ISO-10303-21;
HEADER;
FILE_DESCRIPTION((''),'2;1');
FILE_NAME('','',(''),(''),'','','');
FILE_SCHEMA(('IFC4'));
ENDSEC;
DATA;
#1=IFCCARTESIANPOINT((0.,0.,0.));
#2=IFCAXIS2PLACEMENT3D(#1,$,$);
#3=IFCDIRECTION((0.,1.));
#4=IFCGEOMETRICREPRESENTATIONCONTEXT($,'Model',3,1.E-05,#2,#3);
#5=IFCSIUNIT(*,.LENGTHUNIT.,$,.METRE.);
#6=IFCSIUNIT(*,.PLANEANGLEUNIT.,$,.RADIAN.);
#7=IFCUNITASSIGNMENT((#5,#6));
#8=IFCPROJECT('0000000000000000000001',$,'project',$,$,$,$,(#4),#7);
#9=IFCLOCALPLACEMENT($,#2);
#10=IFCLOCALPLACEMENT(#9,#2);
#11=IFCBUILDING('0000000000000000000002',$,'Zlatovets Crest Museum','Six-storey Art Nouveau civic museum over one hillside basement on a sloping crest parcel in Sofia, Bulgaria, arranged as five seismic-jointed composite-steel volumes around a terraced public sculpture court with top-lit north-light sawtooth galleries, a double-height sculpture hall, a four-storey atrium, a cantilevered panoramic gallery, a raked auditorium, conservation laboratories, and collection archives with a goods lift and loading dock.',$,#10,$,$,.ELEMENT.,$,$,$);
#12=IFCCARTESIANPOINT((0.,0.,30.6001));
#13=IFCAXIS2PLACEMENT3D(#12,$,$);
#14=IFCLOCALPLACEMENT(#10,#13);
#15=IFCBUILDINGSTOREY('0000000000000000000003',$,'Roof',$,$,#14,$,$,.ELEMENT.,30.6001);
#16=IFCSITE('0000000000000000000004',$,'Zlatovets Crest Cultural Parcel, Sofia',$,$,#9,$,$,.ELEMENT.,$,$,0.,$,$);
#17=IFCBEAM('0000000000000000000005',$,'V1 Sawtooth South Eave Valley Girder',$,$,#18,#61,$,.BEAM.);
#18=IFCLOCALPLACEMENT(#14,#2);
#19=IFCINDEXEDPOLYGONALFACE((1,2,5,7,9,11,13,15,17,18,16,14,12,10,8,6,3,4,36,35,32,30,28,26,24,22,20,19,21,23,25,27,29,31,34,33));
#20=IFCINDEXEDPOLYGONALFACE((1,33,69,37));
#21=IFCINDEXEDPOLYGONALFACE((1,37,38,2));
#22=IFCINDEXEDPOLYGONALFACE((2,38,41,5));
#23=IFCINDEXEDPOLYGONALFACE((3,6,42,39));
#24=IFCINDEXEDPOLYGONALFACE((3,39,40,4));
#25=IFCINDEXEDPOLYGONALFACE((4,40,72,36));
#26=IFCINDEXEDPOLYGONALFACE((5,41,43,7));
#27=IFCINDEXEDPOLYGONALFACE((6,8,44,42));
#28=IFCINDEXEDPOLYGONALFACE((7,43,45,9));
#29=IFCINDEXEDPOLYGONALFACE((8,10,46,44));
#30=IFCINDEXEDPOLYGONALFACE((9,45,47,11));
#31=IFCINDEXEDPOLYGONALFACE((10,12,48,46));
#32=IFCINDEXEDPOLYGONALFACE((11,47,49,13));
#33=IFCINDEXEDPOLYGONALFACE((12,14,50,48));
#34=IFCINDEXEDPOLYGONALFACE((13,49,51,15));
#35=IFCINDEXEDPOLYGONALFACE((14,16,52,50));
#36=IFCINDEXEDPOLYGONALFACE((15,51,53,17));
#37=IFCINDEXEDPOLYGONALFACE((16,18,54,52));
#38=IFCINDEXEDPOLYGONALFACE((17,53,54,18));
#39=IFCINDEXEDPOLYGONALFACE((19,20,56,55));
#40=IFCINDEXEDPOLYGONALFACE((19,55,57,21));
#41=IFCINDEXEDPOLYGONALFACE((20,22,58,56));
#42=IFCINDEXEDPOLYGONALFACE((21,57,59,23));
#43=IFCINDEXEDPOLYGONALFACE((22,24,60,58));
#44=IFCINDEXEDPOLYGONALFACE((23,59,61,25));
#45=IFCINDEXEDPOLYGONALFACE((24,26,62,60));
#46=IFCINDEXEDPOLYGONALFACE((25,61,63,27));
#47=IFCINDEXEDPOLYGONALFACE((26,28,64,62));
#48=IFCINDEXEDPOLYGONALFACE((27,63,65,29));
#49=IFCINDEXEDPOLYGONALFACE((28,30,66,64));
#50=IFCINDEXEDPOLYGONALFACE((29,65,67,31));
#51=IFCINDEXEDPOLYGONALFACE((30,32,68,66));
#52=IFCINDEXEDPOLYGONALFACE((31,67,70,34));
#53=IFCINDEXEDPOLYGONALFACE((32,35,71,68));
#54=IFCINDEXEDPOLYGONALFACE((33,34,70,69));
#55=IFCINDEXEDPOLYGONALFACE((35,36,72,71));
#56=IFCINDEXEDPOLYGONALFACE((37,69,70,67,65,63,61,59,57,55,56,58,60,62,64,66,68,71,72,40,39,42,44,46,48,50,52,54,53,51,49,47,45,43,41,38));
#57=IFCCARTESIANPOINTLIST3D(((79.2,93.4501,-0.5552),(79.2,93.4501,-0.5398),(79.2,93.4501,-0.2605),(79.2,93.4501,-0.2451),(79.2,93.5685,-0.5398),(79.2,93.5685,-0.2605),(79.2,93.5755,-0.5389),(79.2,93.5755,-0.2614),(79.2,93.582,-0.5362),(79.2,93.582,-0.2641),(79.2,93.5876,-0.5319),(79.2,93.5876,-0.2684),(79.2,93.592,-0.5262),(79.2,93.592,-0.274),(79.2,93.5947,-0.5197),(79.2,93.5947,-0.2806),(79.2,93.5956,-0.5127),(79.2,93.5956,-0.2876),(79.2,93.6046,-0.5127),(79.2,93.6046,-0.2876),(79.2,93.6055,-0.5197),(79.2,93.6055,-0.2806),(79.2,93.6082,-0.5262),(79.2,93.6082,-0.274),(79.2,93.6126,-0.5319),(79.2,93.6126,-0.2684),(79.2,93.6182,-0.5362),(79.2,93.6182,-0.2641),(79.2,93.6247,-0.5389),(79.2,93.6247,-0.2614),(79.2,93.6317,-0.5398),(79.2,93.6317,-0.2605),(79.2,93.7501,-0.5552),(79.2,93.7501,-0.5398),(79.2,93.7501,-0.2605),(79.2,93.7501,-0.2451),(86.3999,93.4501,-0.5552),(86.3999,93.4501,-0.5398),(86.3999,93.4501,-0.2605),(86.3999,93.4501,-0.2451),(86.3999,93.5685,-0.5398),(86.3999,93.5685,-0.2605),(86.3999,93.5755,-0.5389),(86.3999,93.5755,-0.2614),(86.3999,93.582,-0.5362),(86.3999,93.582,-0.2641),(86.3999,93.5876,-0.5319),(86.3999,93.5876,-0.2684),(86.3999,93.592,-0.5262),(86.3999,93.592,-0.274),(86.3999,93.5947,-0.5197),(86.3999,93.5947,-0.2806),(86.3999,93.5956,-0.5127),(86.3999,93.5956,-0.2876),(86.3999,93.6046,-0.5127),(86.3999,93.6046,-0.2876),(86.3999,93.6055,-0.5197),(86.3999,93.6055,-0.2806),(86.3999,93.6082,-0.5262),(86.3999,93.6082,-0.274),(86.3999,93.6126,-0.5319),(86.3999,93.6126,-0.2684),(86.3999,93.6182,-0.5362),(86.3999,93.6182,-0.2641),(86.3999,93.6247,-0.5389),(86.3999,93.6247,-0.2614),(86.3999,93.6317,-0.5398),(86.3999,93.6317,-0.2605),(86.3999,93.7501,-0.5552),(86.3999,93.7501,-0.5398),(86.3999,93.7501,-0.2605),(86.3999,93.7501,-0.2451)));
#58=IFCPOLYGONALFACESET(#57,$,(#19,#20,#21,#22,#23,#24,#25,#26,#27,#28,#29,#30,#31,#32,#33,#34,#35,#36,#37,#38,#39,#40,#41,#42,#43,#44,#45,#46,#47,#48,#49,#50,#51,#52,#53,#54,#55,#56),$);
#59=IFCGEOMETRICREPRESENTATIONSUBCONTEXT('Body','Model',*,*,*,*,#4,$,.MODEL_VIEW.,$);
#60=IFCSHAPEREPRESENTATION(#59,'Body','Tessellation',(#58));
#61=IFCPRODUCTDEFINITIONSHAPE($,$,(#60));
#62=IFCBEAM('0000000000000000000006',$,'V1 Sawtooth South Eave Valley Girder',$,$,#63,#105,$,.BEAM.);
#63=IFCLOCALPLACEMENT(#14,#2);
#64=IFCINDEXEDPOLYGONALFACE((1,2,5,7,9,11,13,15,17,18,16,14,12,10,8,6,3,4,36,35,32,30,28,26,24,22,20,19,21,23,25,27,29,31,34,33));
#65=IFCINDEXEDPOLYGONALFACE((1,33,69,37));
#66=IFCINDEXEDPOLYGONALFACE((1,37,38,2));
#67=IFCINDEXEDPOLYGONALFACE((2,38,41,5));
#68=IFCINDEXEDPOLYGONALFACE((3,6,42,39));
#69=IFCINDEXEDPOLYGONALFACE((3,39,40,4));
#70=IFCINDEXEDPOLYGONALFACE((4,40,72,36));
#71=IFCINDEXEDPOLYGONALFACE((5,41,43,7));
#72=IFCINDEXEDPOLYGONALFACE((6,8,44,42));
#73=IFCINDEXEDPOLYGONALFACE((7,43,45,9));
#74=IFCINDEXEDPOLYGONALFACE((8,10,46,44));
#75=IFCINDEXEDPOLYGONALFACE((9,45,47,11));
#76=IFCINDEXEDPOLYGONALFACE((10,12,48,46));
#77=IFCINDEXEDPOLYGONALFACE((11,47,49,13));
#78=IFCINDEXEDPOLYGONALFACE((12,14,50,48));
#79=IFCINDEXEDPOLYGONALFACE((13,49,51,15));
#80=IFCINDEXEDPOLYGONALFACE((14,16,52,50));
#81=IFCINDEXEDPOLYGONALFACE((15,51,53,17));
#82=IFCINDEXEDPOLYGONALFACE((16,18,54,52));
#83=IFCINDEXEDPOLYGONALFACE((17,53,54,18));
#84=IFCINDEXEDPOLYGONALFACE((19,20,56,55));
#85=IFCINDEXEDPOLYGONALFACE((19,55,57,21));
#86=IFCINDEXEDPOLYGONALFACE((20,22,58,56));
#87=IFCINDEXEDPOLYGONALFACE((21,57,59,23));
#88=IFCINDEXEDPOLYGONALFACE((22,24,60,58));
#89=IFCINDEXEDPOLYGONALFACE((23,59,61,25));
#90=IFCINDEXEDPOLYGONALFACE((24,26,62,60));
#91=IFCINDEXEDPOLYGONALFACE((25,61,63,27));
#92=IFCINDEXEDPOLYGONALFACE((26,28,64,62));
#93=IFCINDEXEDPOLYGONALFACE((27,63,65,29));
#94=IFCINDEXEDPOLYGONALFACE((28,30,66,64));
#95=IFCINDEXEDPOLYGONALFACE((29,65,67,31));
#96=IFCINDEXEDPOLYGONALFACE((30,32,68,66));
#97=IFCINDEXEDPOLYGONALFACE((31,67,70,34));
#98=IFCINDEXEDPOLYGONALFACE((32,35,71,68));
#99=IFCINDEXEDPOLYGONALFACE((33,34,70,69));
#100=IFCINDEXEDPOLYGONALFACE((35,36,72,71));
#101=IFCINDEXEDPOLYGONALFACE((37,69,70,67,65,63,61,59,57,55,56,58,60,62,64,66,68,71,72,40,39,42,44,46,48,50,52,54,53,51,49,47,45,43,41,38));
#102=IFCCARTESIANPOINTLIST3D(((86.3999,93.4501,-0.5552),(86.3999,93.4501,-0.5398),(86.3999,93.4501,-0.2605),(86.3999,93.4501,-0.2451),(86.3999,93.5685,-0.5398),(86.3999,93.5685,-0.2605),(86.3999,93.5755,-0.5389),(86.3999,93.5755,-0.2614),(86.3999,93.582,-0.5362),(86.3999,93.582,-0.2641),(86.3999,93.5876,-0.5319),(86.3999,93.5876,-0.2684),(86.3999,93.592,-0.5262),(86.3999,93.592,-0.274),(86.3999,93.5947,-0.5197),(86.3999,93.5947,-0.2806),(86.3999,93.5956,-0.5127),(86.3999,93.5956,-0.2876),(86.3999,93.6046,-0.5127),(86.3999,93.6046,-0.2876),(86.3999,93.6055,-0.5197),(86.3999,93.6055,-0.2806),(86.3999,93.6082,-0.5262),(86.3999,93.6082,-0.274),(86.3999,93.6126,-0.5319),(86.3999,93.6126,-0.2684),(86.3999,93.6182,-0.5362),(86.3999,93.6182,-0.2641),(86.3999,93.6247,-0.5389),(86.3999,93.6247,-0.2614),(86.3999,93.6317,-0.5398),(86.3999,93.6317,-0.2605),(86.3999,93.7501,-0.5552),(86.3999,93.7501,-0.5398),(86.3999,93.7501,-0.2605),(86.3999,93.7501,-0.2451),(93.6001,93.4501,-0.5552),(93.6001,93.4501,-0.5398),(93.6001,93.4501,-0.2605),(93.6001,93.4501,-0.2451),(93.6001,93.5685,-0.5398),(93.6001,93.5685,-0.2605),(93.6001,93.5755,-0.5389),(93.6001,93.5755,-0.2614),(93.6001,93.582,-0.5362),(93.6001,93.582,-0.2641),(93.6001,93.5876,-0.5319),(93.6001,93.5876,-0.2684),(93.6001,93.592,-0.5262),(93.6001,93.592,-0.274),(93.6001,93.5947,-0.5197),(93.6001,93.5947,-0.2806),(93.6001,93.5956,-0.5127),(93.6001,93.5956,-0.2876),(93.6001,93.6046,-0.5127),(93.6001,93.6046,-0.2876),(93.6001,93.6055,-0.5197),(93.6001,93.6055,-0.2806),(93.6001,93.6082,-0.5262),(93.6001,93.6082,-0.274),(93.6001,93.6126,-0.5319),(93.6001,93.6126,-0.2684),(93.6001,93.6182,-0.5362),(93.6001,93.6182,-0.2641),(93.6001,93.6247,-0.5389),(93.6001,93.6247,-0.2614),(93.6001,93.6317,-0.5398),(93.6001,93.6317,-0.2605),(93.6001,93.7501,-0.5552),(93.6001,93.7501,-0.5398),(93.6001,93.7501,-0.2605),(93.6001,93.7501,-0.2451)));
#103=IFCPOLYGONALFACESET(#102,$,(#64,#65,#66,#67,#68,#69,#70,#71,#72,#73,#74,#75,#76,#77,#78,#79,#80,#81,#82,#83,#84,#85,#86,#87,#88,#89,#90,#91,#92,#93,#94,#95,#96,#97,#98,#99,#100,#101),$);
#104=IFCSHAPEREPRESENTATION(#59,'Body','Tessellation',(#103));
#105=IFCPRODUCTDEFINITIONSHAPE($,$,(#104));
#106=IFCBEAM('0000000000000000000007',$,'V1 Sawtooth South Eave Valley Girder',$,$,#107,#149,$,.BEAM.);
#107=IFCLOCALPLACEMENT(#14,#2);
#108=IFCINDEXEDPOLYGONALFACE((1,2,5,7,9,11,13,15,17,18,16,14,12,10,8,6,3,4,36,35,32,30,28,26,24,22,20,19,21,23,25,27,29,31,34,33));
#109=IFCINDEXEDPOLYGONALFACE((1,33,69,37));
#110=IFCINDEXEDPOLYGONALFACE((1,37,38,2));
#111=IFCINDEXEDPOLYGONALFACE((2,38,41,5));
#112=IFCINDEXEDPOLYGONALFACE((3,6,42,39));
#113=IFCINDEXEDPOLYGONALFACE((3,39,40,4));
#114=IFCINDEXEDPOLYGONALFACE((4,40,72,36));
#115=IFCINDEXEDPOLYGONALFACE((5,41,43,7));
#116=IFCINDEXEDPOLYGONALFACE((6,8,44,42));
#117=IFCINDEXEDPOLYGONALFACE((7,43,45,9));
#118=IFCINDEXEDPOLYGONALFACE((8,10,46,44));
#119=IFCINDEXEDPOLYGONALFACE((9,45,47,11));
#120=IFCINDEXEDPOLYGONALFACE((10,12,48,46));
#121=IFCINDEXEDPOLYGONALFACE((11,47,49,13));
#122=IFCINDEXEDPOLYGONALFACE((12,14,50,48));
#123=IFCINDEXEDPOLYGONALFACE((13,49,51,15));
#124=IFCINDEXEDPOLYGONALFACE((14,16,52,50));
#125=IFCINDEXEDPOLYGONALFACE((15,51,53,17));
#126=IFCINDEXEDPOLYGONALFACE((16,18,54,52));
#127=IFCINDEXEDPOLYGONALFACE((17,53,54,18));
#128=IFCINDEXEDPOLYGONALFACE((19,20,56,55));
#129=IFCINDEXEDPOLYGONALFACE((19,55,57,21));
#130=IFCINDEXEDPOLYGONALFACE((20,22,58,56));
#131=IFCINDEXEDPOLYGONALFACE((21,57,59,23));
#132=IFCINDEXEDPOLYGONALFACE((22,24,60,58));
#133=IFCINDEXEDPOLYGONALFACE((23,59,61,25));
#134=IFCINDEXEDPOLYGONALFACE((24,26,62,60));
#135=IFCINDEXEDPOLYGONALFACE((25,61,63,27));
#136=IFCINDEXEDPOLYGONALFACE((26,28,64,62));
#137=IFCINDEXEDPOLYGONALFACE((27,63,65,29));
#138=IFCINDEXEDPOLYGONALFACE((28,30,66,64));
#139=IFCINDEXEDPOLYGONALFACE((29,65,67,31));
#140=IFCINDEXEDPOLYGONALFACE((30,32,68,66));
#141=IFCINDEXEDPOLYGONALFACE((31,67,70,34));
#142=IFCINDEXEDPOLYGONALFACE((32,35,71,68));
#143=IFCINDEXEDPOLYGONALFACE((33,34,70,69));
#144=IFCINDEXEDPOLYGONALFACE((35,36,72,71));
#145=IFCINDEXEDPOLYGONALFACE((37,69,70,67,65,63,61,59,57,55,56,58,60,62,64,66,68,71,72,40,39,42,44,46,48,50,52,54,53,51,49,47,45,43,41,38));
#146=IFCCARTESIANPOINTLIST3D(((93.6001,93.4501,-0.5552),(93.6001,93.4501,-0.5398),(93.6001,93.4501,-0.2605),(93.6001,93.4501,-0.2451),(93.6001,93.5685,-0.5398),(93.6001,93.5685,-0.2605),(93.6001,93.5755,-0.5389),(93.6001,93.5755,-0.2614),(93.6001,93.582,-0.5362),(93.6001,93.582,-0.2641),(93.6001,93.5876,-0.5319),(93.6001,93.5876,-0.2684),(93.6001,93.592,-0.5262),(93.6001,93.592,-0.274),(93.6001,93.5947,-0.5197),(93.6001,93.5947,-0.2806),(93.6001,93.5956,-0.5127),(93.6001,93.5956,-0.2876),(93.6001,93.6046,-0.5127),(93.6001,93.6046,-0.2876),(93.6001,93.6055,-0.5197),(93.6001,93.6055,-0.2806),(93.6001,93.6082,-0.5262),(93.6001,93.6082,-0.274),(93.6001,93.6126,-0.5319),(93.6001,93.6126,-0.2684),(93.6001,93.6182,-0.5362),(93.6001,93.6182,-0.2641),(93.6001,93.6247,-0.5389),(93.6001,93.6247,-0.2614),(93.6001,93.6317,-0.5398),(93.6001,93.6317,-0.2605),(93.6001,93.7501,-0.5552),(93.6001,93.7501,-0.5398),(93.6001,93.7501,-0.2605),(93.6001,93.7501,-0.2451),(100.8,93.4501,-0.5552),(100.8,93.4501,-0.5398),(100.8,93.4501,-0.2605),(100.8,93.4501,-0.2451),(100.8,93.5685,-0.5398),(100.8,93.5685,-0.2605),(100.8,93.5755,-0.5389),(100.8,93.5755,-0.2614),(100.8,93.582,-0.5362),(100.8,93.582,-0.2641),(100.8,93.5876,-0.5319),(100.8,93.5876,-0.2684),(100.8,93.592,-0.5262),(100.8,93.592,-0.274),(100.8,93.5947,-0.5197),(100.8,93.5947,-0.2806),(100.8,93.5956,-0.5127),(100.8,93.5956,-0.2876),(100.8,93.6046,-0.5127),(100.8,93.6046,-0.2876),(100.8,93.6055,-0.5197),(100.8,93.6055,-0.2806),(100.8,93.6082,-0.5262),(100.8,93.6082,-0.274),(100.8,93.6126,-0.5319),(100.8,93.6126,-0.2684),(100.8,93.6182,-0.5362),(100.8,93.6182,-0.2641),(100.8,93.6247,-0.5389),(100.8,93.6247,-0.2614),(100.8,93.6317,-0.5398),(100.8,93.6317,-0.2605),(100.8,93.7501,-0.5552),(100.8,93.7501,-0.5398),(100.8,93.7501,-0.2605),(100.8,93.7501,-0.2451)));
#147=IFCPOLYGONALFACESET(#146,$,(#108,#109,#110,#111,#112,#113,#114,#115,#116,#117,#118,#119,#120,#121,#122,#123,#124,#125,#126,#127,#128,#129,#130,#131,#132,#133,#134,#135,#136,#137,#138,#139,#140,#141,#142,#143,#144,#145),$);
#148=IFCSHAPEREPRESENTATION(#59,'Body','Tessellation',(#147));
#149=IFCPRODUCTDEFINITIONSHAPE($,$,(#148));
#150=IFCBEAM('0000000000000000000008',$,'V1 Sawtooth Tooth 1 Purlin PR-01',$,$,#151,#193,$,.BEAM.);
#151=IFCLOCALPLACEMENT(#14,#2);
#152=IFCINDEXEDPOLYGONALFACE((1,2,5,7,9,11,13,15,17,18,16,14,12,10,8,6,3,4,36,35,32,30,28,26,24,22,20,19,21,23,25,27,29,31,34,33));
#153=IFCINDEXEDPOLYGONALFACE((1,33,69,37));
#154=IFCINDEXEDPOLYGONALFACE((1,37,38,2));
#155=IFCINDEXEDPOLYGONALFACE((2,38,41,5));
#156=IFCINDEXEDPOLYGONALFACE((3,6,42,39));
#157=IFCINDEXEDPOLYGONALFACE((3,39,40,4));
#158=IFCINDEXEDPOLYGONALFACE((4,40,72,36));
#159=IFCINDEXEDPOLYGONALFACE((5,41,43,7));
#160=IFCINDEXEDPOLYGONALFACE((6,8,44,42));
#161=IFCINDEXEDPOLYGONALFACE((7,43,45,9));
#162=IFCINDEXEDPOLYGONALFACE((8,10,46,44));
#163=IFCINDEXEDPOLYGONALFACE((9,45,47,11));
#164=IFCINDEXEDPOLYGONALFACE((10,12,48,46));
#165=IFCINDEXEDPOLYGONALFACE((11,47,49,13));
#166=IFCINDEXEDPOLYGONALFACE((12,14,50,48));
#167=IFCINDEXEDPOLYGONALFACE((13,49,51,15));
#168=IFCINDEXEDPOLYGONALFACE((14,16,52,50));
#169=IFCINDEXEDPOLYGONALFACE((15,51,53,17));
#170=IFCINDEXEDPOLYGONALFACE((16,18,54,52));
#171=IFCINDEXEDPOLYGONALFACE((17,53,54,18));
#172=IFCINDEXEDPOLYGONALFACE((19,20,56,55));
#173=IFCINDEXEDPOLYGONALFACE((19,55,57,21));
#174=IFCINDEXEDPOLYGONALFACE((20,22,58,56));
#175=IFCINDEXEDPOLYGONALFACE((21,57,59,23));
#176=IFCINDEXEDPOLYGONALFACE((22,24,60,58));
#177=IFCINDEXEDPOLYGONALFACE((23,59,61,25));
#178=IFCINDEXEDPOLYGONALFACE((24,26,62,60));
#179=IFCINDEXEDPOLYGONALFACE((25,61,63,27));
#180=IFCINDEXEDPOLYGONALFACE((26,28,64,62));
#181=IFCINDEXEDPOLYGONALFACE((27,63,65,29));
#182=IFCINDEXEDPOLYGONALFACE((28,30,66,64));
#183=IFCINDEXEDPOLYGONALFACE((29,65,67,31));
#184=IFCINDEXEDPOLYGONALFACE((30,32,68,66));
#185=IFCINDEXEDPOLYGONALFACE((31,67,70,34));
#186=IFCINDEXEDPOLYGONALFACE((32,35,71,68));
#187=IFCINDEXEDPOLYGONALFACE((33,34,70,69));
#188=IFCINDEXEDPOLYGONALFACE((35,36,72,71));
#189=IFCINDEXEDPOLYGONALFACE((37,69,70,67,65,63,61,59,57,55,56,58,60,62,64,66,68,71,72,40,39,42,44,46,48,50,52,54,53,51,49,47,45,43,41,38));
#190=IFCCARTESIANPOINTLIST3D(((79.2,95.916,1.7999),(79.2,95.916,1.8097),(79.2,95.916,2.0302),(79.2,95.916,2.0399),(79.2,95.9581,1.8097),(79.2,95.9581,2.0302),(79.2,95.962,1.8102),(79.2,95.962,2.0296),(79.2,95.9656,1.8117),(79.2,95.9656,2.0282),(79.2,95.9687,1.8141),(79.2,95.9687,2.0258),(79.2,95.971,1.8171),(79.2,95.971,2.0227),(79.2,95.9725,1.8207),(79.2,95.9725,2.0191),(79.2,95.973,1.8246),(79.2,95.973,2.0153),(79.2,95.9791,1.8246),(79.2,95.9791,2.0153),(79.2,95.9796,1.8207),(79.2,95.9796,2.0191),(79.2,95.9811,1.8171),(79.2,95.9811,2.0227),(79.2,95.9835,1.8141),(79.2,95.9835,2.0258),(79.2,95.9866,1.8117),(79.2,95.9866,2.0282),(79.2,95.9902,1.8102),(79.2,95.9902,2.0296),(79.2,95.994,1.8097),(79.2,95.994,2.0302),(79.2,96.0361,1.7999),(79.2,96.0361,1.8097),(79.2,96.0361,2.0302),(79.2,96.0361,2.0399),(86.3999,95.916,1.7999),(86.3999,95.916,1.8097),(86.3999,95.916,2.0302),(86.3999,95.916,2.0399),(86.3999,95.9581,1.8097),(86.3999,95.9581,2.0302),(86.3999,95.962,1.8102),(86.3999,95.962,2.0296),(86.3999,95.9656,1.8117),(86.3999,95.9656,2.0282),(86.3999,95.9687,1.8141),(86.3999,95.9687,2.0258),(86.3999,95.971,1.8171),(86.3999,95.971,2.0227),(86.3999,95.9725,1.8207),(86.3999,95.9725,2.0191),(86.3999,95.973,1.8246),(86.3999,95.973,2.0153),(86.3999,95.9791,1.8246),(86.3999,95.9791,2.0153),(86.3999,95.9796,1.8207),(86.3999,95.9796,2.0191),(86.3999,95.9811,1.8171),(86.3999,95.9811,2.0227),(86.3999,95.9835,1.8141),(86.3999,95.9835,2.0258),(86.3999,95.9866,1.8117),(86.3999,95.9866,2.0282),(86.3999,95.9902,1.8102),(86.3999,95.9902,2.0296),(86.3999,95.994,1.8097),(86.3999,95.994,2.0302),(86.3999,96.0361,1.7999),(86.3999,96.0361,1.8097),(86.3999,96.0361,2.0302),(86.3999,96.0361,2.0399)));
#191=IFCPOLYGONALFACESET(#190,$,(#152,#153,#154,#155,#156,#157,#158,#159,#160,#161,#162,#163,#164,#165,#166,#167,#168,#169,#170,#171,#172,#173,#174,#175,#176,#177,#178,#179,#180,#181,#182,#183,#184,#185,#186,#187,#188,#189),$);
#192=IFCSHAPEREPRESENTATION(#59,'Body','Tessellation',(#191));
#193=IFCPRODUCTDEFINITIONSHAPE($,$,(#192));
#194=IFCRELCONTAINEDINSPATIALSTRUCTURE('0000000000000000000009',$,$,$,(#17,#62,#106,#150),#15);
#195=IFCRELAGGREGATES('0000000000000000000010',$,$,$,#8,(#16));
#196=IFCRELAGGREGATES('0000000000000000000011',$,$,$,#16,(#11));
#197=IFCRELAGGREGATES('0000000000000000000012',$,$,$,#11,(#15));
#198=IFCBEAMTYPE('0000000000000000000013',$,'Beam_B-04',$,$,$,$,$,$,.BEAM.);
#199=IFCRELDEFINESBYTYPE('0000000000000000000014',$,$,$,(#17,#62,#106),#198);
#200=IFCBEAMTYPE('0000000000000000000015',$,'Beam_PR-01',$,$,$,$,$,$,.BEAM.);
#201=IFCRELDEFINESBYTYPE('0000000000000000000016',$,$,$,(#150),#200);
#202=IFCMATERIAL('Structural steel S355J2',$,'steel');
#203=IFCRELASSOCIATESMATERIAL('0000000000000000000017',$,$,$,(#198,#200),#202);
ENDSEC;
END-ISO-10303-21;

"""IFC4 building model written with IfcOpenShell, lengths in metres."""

from ifc_helpers import new_model, si_unit, direction, frame, origin, origin_2d, place, context, subcontext, project, spatial, i_section, extrude, material, material_profile, profile_set, type_object, element, save


model = new_model("IFC4")

# Units and contexts
model_context = context("Model", 3, precision=1e-05, world=origin(), true_north=direction((0.0, 1.0)))
body_context = subcontext(model_context, "Body", "Model", "MODEL_VIEW")
ifc_project = project(units=[si_unit("LENGTHUNIT", "METRE"), si_unit("PLANEANGLEUNIT", "RADIAN")], contexts=[model_context])

# Site, building, storey
site_placement = place(None, origin())
site = spatial("IfcSite", under=ifc_project, at=site_placement, Name="Zlatovets Crest Cultural Parcel, Sofia", CompositionType="ELEMENT", RefElevation=0.0)
building_placement = place(site_placement, origin())
building = spatial("IfcBuilding", under=site, at=building_placement, Name="Zlatovets Crest Museum", Description="Six-storey Art Nouveau civic museum over one hillside basement on a sloping crest parcel in Sofia, Bulgaria, arranged as five seismic-jointed composite-steel volumes around a terraced public sculpture court with top-lit north-light sawtooth galleries, a double-height sculpture hall, a four-storey atrium, a cantilevered panoramic gallery, a raked auditorium, conservation laboratories, and collection archives with a goods lift and loading dock.", CompositionType="ELEMENT")
storey_placement = place(building_placement, frame((0.0, 0.0, 30.6001)))
storey = spatial("IfcBuildingStorey", under=building, at=storey_placement, Name="Roof", CompositionType="ELEMENT", Elevation=30.6001)

# Beams
ifc_material_1 = material(Name="Structural steel S355J2", Category="steel")
ifc_material_profile_1 = material_profile(ifc_material_1, i_section(OverallWidth=0.3, OverallDepth=0.3101, WebThickness=0.009, FlangeThickness=0.0154, FilletRadius=0.0271, at=origin_2d()), Name="HEA 320")
ifc_profile_set_1 = profile_set([ifc_material_profile_1], Name="Structural steel S355J2")
beam_type_1 = type_object("IfcBeamType", Name="Beam_B-04", PredefinedType="BEAM", material=ifc_profile_set_1)
beam_1_placement = place(storey_placement, frame((79.2, 93.6001, -0.4001), z_axis=(1.0, 0.0, 0.0), x_axis=(0.0, 1.0, 0.0)))
element("IfcBeam", 1, at=beam_1_placement, inside=storey, type_object=beam_type_1, Name="V1 Sawtooth South Eave Valley Girder", PredefinedType="BEAM", context=body_context, shape_type="SweptSolid", body=[
    extrude(i_section(OverallWidth=0.3, OverallDepth=0.3101, WebThickness=0.009, FlangeThickness=0.0154, FilletRadius=0.0271, at=origin_2d()), origin(), (0.0, 0.0, 1.0), 7.2),
])
beam_2_placement = place(storey_placement, frame((86.3999, 93.6001, -0.4001), z_axis=(1.0, 0.0, 0.0), x_axis=(0.0, 1.0, 0.0)))
element("IfcBeam", 2, at=beam_2_placement, inside=storey, type_object=beam_type_1, Name="V1 Sawtooth South Eave Valley Girder", PredefinedType="BEAM", context=body_context, shape_type="SweptSolid", body=[
    extrude(i_section(OverallWidth=0.3, OverallDepth=0.3101, WebThickness=0.009, FlangeThickness=0.0154, FilletRadius=0.0271, at=origin_2d()), origin(), (0.0, 0.0, 1.0), 7.2002),
])
beam_3_placement = place(storey_placement, frame((93.6001, 93.6001, -0.4001), z_axis=(1.0, 0.0, 0.0), x_axis=(0.0, 1.0, 0.0)))
element("IfcBeam", 3, at=beam_3_placement, inside=storey, type_object=beam_type_1, Name="V1 Sawtooth South Eave Valley Girder", PredefinedType="BEAM", context=body_context, shape_type="SweptSolid", body=[
    extrude(i_section(OverallWidth=0.3, OverallDepth=0.3101, WebThickness=0.009, FlangeThickness=0.0154, FilletRadius=0.0271, at=origin_2d()), origin(), (0.0, 0.0, 1.0), 7.2),
])
ifc_material_profile_2 = material_profile(ifc_material_1, i_section(OverallWidth=0.1201, OverallDepth=0.24, WebThickness=0.0061, FlangeThickness=0.0098, FilletRadius=0.0149, at=origin_2d()), Name="IPE 240")
ifc_profile_set_2 = profile_set([ifc_material_profile_2], Name="Structural steel S355J2")
beam_type_2 = type_object("IfcBeamType", Name="Beam_PR-01", PredefinedType="BEAM", material=ifc_profile_set_2)
beam_4_placement = place(storey_placement, frame((79.2, 95.9761, 1.9199), z_axis=(1.0, 0.0, 0.0), x_axis=(0.0, 1.0, 0.0)))
element("IfcBeam", 4, at=beam_4_placement, inside=storey, type_object=beam_type_2, Name="V1 Sawtooth Tooth 1 Purlin PR-01", PredefinedType="BEAM", context=body_context, shape_type="SweptSolid", body=[
    extrude(i_section(OverallWidth=0.1201, OverallDepth=0.24, WebThickness=0.0061, FlangeThickness=0.0098, FilletRadius=0.0149, at=origin_2d()), origin(), (0.0, 0.0, 1.0), 7.2),
])

save(model, "model.ifc")
